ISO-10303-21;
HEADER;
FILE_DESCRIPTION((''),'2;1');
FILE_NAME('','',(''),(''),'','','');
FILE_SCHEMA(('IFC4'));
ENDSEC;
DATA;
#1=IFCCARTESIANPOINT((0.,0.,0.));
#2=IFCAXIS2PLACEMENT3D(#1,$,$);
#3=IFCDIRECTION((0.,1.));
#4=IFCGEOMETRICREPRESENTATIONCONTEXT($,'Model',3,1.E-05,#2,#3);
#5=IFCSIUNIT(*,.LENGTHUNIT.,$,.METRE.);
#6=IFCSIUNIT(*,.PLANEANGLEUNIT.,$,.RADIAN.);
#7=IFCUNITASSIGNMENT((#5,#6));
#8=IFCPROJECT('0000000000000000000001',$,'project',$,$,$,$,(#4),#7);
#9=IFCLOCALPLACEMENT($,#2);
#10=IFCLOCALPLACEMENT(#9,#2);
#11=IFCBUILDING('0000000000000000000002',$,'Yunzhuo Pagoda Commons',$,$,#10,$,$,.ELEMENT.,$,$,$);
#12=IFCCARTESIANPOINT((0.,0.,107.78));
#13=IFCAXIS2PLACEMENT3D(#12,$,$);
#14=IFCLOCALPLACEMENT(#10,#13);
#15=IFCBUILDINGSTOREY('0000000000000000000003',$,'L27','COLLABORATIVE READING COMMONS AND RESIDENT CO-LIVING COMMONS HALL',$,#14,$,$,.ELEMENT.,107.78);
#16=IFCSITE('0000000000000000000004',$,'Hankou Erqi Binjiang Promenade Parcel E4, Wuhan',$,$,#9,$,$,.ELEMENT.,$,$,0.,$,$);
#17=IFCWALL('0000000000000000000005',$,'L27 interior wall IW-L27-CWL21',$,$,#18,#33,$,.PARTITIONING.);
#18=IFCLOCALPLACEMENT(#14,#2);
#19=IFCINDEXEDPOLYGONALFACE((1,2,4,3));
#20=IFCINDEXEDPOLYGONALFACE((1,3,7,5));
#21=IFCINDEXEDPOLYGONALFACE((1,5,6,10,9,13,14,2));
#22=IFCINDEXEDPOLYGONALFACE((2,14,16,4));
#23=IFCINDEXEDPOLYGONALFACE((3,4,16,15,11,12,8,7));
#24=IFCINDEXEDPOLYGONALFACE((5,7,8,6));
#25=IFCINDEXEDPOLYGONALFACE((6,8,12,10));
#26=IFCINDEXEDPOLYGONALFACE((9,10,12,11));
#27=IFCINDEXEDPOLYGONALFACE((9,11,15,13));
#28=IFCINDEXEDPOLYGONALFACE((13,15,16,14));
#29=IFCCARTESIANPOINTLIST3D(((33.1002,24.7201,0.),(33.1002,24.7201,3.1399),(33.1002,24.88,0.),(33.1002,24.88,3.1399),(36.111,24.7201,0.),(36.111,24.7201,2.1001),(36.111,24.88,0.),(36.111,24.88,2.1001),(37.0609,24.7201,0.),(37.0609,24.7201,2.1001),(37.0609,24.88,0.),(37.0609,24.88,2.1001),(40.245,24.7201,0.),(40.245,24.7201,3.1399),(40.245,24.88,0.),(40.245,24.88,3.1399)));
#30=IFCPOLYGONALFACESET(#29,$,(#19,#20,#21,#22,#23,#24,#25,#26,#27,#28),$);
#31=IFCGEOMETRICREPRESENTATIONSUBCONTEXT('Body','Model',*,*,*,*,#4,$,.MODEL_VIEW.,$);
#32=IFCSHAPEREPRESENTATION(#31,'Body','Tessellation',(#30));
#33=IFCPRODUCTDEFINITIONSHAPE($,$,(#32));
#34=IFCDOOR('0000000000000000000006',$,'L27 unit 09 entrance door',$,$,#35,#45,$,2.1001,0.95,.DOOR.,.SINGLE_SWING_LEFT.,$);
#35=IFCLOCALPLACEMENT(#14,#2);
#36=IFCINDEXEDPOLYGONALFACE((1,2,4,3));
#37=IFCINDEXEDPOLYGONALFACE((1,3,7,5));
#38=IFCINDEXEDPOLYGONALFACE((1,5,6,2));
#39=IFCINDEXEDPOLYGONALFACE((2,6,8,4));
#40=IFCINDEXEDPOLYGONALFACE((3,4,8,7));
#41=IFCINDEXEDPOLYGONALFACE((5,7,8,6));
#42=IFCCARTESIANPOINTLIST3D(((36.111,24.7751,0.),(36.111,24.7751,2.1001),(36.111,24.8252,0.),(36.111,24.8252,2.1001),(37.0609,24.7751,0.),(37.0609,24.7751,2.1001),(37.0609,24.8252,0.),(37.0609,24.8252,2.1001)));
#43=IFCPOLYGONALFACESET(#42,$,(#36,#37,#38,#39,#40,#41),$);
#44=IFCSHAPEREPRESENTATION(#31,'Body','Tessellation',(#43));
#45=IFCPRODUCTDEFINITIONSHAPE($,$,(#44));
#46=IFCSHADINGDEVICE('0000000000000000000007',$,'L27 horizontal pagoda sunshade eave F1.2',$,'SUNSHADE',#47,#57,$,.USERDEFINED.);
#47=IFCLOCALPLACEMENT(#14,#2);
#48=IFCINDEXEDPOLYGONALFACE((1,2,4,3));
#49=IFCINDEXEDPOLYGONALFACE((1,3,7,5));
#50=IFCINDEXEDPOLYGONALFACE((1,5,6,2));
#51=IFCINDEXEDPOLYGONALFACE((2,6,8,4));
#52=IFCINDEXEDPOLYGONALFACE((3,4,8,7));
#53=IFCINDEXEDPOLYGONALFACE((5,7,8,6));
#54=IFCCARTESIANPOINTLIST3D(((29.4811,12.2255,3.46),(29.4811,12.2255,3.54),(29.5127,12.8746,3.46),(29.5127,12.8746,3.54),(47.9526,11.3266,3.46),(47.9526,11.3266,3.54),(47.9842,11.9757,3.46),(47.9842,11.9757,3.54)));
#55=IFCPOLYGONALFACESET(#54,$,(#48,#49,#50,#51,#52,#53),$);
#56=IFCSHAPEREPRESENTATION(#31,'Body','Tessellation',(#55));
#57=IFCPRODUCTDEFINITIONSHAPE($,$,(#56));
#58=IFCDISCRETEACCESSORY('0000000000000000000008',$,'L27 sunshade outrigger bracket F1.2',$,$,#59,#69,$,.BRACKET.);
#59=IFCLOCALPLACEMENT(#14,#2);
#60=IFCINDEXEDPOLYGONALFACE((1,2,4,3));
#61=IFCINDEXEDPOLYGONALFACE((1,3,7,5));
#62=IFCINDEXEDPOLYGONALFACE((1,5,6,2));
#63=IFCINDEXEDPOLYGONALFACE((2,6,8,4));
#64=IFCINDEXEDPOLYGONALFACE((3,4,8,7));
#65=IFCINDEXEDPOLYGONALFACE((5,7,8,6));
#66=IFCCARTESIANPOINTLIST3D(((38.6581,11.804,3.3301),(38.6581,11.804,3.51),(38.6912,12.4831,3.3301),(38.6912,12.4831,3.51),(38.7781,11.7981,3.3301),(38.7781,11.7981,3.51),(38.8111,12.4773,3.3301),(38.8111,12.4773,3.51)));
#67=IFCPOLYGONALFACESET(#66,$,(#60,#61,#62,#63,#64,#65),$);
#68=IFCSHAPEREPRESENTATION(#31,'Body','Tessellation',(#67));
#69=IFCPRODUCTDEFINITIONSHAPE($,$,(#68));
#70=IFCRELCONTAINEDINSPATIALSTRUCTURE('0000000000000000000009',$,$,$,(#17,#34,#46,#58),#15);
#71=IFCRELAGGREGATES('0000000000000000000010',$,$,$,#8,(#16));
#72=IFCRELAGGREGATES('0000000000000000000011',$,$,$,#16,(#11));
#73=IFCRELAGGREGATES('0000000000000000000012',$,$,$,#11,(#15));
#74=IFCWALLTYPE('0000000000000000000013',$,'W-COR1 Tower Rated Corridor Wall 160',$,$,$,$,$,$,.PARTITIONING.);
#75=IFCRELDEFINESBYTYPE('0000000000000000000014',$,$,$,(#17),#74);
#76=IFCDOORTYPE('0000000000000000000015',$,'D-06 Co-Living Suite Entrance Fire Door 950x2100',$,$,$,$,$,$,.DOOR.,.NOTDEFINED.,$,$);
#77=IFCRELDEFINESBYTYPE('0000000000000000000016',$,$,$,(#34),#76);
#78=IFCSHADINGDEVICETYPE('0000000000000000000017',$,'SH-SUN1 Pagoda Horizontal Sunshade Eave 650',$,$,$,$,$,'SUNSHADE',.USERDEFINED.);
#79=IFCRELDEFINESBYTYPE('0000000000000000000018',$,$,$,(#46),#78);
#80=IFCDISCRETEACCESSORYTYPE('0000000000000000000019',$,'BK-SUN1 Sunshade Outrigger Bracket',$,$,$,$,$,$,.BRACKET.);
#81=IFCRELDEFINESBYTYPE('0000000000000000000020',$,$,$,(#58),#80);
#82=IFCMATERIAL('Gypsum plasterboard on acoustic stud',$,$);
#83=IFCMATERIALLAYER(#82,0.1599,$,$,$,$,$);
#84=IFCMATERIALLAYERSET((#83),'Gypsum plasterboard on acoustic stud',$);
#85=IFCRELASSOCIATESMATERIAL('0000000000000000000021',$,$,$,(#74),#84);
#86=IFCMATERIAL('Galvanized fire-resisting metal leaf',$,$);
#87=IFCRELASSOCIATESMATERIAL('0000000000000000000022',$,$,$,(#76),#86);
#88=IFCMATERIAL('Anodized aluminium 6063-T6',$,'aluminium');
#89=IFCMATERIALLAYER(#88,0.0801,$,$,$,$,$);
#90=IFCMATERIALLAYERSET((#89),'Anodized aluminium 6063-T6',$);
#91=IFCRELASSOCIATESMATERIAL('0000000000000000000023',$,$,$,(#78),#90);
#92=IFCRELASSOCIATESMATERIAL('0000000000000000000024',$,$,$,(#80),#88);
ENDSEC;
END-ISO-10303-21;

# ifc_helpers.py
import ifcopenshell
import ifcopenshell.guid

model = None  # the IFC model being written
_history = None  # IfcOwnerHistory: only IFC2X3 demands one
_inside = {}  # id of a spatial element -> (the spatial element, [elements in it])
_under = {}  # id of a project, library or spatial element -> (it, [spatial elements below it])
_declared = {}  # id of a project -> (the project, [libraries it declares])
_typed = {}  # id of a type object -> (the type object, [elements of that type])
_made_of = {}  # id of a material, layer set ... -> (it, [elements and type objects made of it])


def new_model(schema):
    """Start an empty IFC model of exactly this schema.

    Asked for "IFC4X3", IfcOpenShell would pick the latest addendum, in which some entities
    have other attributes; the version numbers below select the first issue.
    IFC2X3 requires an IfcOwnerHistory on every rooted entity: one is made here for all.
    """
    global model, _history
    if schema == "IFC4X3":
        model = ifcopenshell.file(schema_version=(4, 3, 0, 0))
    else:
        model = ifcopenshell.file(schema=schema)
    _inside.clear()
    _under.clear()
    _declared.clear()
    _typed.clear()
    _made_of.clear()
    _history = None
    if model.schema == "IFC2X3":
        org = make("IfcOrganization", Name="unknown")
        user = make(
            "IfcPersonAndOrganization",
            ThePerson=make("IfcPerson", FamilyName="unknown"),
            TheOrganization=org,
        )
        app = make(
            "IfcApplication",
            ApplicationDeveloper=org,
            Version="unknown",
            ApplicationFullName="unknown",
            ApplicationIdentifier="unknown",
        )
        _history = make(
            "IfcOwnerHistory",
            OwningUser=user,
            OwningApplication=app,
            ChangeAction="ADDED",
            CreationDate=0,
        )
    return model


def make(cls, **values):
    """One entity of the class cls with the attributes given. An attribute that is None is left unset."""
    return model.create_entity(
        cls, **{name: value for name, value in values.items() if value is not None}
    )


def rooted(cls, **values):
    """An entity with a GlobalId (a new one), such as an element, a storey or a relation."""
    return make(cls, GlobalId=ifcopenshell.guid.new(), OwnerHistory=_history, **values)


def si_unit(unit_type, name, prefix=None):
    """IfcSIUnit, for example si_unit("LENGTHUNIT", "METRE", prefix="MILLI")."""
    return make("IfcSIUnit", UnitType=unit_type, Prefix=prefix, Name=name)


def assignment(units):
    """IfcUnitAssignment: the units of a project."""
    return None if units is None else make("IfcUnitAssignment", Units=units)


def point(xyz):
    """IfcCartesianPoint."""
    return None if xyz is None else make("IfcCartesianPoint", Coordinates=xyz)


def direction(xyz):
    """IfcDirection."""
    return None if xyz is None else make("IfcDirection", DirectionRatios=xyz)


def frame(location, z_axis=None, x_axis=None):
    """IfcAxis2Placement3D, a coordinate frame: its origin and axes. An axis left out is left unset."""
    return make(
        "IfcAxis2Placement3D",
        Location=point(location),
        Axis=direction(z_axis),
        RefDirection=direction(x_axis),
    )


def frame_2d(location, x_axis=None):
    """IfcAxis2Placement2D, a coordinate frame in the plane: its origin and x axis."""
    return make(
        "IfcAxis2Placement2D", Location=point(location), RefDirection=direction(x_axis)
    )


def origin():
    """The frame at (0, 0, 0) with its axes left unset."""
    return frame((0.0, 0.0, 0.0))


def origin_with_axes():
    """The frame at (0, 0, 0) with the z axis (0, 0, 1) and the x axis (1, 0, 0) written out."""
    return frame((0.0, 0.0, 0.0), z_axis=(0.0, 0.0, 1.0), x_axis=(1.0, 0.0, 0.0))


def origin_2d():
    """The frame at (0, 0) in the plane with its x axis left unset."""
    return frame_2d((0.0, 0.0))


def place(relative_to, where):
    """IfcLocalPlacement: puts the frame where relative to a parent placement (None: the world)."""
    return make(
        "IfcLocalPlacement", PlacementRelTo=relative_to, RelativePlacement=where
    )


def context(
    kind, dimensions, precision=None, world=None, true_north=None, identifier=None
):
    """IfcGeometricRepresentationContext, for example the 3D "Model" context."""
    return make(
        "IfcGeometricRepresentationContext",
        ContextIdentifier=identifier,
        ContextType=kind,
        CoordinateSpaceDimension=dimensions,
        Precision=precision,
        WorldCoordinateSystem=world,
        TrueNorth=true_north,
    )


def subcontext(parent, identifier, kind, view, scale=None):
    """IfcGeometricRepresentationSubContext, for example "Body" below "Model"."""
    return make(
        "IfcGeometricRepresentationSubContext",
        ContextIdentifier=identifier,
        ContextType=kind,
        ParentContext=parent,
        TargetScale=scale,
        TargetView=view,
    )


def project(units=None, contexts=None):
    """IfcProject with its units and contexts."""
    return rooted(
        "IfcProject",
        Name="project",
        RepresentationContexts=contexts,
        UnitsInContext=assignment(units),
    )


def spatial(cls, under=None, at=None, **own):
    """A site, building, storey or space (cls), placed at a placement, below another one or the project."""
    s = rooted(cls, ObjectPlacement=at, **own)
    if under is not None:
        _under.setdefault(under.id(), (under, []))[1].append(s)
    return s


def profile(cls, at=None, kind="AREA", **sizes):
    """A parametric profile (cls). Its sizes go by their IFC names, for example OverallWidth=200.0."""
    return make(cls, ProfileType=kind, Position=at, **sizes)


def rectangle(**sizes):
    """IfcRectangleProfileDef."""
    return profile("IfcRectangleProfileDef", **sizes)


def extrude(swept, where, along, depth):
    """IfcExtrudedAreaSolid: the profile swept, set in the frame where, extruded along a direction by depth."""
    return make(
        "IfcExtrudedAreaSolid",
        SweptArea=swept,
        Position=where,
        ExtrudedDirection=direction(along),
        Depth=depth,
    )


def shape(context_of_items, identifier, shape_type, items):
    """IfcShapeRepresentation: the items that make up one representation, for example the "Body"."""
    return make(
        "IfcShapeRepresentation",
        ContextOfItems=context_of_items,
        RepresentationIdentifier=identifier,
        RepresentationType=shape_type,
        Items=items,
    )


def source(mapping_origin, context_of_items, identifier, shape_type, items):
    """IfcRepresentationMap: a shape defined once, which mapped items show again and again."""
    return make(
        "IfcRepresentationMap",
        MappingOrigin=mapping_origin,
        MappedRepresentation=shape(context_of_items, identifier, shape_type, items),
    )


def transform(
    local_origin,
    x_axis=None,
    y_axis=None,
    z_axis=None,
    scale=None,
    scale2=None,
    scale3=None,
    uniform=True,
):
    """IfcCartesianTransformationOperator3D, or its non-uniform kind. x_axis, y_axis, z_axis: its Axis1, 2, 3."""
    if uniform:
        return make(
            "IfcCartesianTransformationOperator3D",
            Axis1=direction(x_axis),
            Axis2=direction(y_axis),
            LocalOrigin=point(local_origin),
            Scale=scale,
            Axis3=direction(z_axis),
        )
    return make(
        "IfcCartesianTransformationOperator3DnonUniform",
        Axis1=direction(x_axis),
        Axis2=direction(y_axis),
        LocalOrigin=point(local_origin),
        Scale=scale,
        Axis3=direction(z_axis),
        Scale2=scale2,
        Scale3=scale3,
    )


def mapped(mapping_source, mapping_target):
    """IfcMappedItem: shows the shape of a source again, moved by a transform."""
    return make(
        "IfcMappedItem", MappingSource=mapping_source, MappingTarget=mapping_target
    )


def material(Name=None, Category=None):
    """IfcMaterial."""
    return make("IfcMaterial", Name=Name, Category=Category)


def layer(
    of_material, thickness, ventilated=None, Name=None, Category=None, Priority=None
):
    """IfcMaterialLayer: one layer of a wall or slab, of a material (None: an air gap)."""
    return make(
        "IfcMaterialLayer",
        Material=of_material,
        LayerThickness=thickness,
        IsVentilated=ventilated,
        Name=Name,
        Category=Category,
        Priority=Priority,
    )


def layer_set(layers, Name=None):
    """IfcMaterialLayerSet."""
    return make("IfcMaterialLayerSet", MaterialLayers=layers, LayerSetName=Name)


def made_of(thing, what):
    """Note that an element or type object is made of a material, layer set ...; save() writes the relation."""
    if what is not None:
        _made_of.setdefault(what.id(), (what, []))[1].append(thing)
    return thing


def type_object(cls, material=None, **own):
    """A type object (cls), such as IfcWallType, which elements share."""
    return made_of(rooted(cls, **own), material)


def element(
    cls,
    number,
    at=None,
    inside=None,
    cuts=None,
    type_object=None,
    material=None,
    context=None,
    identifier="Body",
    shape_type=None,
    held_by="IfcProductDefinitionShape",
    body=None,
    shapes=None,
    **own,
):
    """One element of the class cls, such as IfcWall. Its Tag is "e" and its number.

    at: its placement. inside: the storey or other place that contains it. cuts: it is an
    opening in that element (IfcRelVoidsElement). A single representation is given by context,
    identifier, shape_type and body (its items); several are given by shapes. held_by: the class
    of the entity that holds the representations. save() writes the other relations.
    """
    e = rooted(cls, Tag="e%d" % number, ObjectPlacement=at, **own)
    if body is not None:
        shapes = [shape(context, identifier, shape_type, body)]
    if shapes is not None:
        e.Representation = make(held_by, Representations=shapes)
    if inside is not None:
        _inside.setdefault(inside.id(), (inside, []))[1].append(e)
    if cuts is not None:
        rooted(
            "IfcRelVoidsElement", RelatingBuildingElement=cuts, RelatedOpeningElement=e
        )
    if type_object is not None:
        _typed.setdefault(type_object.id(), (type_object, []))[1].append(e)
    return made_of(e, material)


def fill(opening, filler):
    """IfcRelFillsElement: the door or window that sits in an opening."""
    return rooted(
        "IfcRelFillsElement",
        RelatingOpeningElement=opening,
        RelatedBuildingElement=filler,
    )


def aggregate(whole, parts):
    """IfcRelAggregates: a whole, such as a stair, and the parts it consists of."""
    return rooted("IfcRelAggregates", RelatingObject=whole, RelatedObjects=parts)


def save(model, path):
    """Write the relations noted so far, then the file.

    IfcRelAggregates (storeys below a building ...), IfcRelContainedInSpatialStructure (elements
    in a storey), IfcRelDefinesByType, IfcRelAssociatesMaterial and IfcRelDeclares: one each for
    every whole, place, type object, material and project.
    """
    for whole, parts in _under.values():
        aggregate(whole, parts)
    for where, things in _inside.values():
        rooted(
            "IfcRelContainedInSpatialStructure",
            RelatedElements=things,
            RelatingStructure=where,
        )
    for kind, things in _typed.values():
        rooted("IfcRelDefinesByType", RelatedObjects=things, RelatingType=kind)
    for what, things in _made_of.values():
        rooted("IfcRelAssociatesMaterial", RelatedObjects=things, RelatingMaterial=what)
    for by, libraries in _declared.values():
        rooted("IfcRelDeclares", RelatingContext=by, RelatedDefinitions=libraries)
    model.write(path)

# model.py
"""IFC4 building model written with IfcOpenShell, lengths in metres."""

from ifc_helpers import new_model, si_unit, direction, frame, frame_2d, origin, origin_with_axes, origin_2d, place, context, subcontext, project, spatial, rectangle, extrude, source, transform, mapped, material, layer, layer_set, type_object, element, fill, save


model = new_model("IFC4")

# Units and contexts
model_context = context("Model", 3, precision=1e-05, world=origin(), true_north=direction((0.0, 1.0)))
body_context = subcontext(model_context, "Body", "Model", "MODEL_VIEW")
ifc_project = project(units=[si_unit("LENGTHUNIT", "METRE"), si_unit("PLANEANGLEUNIT", "RADIAN")], contexts=[model_context])

# Site, building, storey
site_placement = place(None, origin())
site = spatial("IfcSite", under=ifc_project, at=site_placement, Name="Hankou Erqi Binjiang Promenade Parcel E4, Wuhan", CompositionType="ELEMENT", RefElevation=0.0)
building_placement = place(site_placement, origin())
building = spatial("IfcBuilding", under=site, at=building_placement, Name="Yunzhuo Pagoda Commons", CompositionType="ELEMENT")
storey_placement = place(building_placement, frame((0.0, 0.0, 107.78)))
storey = spatial("IfcBuildingStorey", under=building, at=storey_placement, Name="L27", Description="COLLABORATIVE READING COMMONS AND RESIDENT CO-LIVING COMMONS HALL", CompositionType="ELEMENT", Elevation=107.78)

# Shared definitions
ifc_material_1 = material(Name="Anodized aluminium 6063-T6", Category="aluminium")

# Shared definitions
ifc_material_2 = material(Name="Gypsum plasterboard on acoustic stud")
ifc_layer_1 = layer(ifc_material_2, 0.1599)
ifc_layer_set_1 = layer_set([ifc_layer_1], Name="Gypsum plasterboard on acoustic stud")
wall_type = type_object("IfcWallType", Name="W-COR1 Tower Rated Corridor Wall 160", PredefinedType="PARTITIONING", material=ifc_layer_set_1)

# Wall, opening, door
wall_1_placement = place(storey_placement, frame((40.2449, 24.8, 0.0), z_axis=(0.0, 0.0, 1.0), x_axis=(-1.0, 0.0, 0.0)))
wall_1 = element("IfcWall", 1, at=wall_1_placement, inside=storey, type_object=wall_type, Name="L27 interior wall IW-L27-CWL21", PredefinedType="PARTITIONING", context=body_context, shape_type="SweptSolid", body=[
    extrude(rectangle(XDim=7.1448, YDim=0.1599, at=frame_2d((3.5723, 0.0))), origin(), (0.0, 0.0, 1.0), 3.1399),
])
opening_placement = place(wall_1_placement, frame((3.1838, 0.0, 0.0)))
opening = element("IfcOpeningElement", 2, at=opening_placement, cuts=wall_1, PredefinedType="OPENING", context=body_context, shape_type="SweptSolid", body=[
    extrude(rectangle(XDim=0.95, YDim=2.1001, at=frame_2d((0.4751, 1.05))), frame((0.0, 0.0898, 0.0), z_axis=(0.0, -1.0, 0.0), x_axis=(1.0, 0.0, 0.0)), (0.0, 0.0, 1.0), 0.1799),
])
ifc_material_3 = material(Name="Galvanized fire-resisting metal leaf")
door_type = type_object("IfcDoorType", Name="D-06 Co-Living Suite Entrance Fire Door 950x2100", OperationType="NOTDEFINED", PredefinedType="DOOR", material=ifc_material_3)
shared_shape_1 = source(origin(), body_context, "Body", "SweptSolid", [
    extrude(rectangle(XDim=0.95, YDim=2.1001, at=frame_2d((0.4751, 1.05))), frame((0.0, 0.0249, 0.0), z_axis=(0.0, -1.0, 0.0), x_axis=(1.0, 0.0, 0.0)), (0.0, 0.0, 1.0), 0.05),
])
door_placement = place(opening_placement, origin_with_axes())
door = element("IfcDoor", 3, at=door_placement, inside=storey, type_object=door_type, Name="L27 unit 09 entrance door", OperationType="SINGLE_SWING_LEFT", OverallHeight=2.1001, OverallWidth=0.95, PredefinedType="DOOR", context=body_context, shape_type="MappedRepresentation", body=[
    mapped(shared_shape_1, transform((0.0, 0.0, 0.0), scale=1.0)),
])
fill(opening, door)

# Shading device
ifc_layer_2 = layer(ifc_material_1, 0.0801)
ifc_layer_set_2 = layer_set([ifc_layer_2], Name="Anodized aluminium 6063-T6")
shading_device_type = type_object("IfcShadingDeviceType", Name="SH-SUN1 Pagoda Horizontal Sunshade Eave 650", ElementType="SUNSHADE", PredefinedType="USERDEFINED", material=ifc_layer_set_2)
shared_shape_2 = source(origin(), body_context, "Body", "SweptSolid", [
    extrude(rectangle(XDim=18.4934, YDim=0.6499, at=origin_2d()), origin(), (0.0, 0.0, 1.0), 0.0801),
])
shading_device_placement = place(storey_placement, frame((38.7327, 12.1006, 3.46), z_axis=(0.0, 0.0, 1.0), x_axis=(0.998818, -0.048606, 0.0)))
element("IfcShadingDevice", 4, at=shading_device_placement, inside=storey, type_object=shading_device_type, Name="L27 horizontal pagoda sunshade eave F1.2", ObjectType="SUNSHADE", PredefinedType="USERDEFINED", context=body_context, shape_type="MappedRepresentation", body=[
    mapped(shared_shape_2, transform((0.0, 0.0, 0.0), scale=1.0)),
])

# Discrete accessory
discrete_accessory_type = type_object("IfcDiscreteAccessoryType", Name="BK-SUN1 Sunshade Outrigger Bracket", PredefinedType="BRACKET", material=ifc_material_1)
shared_shape_3 = source(origin(), body_context, "Body", "SweptSolid", [
    extrude(rectangle(XDim=0.1201, YDim=0.6799, at=origin_2d()), origin(), (0.0, 0.0, 1.0), 0.1799),
])
discrete_accessory_placement = place(storey_placement, frame((38.7346, 12.1406, 3.3301), z_axis=(0.0, 0.0, 1.0), x_axis=(0.998818, -0.048606, 0.0)))
element("IfcDiscreteAccessory", 5, at=discrete_accessory_placement, inside=storey, type_object=discrete_accessory_type, Name="L27 sunshade outrigger bracket F1.2", PredefinedType="BRACKET", context=body_context, shape_type="MappedRepresentation", body=[
    mapped(shared_shape_3, transform((0.0, 0.0, 0.0), scale=1.0)),
])

save(model, "model.ifc")
